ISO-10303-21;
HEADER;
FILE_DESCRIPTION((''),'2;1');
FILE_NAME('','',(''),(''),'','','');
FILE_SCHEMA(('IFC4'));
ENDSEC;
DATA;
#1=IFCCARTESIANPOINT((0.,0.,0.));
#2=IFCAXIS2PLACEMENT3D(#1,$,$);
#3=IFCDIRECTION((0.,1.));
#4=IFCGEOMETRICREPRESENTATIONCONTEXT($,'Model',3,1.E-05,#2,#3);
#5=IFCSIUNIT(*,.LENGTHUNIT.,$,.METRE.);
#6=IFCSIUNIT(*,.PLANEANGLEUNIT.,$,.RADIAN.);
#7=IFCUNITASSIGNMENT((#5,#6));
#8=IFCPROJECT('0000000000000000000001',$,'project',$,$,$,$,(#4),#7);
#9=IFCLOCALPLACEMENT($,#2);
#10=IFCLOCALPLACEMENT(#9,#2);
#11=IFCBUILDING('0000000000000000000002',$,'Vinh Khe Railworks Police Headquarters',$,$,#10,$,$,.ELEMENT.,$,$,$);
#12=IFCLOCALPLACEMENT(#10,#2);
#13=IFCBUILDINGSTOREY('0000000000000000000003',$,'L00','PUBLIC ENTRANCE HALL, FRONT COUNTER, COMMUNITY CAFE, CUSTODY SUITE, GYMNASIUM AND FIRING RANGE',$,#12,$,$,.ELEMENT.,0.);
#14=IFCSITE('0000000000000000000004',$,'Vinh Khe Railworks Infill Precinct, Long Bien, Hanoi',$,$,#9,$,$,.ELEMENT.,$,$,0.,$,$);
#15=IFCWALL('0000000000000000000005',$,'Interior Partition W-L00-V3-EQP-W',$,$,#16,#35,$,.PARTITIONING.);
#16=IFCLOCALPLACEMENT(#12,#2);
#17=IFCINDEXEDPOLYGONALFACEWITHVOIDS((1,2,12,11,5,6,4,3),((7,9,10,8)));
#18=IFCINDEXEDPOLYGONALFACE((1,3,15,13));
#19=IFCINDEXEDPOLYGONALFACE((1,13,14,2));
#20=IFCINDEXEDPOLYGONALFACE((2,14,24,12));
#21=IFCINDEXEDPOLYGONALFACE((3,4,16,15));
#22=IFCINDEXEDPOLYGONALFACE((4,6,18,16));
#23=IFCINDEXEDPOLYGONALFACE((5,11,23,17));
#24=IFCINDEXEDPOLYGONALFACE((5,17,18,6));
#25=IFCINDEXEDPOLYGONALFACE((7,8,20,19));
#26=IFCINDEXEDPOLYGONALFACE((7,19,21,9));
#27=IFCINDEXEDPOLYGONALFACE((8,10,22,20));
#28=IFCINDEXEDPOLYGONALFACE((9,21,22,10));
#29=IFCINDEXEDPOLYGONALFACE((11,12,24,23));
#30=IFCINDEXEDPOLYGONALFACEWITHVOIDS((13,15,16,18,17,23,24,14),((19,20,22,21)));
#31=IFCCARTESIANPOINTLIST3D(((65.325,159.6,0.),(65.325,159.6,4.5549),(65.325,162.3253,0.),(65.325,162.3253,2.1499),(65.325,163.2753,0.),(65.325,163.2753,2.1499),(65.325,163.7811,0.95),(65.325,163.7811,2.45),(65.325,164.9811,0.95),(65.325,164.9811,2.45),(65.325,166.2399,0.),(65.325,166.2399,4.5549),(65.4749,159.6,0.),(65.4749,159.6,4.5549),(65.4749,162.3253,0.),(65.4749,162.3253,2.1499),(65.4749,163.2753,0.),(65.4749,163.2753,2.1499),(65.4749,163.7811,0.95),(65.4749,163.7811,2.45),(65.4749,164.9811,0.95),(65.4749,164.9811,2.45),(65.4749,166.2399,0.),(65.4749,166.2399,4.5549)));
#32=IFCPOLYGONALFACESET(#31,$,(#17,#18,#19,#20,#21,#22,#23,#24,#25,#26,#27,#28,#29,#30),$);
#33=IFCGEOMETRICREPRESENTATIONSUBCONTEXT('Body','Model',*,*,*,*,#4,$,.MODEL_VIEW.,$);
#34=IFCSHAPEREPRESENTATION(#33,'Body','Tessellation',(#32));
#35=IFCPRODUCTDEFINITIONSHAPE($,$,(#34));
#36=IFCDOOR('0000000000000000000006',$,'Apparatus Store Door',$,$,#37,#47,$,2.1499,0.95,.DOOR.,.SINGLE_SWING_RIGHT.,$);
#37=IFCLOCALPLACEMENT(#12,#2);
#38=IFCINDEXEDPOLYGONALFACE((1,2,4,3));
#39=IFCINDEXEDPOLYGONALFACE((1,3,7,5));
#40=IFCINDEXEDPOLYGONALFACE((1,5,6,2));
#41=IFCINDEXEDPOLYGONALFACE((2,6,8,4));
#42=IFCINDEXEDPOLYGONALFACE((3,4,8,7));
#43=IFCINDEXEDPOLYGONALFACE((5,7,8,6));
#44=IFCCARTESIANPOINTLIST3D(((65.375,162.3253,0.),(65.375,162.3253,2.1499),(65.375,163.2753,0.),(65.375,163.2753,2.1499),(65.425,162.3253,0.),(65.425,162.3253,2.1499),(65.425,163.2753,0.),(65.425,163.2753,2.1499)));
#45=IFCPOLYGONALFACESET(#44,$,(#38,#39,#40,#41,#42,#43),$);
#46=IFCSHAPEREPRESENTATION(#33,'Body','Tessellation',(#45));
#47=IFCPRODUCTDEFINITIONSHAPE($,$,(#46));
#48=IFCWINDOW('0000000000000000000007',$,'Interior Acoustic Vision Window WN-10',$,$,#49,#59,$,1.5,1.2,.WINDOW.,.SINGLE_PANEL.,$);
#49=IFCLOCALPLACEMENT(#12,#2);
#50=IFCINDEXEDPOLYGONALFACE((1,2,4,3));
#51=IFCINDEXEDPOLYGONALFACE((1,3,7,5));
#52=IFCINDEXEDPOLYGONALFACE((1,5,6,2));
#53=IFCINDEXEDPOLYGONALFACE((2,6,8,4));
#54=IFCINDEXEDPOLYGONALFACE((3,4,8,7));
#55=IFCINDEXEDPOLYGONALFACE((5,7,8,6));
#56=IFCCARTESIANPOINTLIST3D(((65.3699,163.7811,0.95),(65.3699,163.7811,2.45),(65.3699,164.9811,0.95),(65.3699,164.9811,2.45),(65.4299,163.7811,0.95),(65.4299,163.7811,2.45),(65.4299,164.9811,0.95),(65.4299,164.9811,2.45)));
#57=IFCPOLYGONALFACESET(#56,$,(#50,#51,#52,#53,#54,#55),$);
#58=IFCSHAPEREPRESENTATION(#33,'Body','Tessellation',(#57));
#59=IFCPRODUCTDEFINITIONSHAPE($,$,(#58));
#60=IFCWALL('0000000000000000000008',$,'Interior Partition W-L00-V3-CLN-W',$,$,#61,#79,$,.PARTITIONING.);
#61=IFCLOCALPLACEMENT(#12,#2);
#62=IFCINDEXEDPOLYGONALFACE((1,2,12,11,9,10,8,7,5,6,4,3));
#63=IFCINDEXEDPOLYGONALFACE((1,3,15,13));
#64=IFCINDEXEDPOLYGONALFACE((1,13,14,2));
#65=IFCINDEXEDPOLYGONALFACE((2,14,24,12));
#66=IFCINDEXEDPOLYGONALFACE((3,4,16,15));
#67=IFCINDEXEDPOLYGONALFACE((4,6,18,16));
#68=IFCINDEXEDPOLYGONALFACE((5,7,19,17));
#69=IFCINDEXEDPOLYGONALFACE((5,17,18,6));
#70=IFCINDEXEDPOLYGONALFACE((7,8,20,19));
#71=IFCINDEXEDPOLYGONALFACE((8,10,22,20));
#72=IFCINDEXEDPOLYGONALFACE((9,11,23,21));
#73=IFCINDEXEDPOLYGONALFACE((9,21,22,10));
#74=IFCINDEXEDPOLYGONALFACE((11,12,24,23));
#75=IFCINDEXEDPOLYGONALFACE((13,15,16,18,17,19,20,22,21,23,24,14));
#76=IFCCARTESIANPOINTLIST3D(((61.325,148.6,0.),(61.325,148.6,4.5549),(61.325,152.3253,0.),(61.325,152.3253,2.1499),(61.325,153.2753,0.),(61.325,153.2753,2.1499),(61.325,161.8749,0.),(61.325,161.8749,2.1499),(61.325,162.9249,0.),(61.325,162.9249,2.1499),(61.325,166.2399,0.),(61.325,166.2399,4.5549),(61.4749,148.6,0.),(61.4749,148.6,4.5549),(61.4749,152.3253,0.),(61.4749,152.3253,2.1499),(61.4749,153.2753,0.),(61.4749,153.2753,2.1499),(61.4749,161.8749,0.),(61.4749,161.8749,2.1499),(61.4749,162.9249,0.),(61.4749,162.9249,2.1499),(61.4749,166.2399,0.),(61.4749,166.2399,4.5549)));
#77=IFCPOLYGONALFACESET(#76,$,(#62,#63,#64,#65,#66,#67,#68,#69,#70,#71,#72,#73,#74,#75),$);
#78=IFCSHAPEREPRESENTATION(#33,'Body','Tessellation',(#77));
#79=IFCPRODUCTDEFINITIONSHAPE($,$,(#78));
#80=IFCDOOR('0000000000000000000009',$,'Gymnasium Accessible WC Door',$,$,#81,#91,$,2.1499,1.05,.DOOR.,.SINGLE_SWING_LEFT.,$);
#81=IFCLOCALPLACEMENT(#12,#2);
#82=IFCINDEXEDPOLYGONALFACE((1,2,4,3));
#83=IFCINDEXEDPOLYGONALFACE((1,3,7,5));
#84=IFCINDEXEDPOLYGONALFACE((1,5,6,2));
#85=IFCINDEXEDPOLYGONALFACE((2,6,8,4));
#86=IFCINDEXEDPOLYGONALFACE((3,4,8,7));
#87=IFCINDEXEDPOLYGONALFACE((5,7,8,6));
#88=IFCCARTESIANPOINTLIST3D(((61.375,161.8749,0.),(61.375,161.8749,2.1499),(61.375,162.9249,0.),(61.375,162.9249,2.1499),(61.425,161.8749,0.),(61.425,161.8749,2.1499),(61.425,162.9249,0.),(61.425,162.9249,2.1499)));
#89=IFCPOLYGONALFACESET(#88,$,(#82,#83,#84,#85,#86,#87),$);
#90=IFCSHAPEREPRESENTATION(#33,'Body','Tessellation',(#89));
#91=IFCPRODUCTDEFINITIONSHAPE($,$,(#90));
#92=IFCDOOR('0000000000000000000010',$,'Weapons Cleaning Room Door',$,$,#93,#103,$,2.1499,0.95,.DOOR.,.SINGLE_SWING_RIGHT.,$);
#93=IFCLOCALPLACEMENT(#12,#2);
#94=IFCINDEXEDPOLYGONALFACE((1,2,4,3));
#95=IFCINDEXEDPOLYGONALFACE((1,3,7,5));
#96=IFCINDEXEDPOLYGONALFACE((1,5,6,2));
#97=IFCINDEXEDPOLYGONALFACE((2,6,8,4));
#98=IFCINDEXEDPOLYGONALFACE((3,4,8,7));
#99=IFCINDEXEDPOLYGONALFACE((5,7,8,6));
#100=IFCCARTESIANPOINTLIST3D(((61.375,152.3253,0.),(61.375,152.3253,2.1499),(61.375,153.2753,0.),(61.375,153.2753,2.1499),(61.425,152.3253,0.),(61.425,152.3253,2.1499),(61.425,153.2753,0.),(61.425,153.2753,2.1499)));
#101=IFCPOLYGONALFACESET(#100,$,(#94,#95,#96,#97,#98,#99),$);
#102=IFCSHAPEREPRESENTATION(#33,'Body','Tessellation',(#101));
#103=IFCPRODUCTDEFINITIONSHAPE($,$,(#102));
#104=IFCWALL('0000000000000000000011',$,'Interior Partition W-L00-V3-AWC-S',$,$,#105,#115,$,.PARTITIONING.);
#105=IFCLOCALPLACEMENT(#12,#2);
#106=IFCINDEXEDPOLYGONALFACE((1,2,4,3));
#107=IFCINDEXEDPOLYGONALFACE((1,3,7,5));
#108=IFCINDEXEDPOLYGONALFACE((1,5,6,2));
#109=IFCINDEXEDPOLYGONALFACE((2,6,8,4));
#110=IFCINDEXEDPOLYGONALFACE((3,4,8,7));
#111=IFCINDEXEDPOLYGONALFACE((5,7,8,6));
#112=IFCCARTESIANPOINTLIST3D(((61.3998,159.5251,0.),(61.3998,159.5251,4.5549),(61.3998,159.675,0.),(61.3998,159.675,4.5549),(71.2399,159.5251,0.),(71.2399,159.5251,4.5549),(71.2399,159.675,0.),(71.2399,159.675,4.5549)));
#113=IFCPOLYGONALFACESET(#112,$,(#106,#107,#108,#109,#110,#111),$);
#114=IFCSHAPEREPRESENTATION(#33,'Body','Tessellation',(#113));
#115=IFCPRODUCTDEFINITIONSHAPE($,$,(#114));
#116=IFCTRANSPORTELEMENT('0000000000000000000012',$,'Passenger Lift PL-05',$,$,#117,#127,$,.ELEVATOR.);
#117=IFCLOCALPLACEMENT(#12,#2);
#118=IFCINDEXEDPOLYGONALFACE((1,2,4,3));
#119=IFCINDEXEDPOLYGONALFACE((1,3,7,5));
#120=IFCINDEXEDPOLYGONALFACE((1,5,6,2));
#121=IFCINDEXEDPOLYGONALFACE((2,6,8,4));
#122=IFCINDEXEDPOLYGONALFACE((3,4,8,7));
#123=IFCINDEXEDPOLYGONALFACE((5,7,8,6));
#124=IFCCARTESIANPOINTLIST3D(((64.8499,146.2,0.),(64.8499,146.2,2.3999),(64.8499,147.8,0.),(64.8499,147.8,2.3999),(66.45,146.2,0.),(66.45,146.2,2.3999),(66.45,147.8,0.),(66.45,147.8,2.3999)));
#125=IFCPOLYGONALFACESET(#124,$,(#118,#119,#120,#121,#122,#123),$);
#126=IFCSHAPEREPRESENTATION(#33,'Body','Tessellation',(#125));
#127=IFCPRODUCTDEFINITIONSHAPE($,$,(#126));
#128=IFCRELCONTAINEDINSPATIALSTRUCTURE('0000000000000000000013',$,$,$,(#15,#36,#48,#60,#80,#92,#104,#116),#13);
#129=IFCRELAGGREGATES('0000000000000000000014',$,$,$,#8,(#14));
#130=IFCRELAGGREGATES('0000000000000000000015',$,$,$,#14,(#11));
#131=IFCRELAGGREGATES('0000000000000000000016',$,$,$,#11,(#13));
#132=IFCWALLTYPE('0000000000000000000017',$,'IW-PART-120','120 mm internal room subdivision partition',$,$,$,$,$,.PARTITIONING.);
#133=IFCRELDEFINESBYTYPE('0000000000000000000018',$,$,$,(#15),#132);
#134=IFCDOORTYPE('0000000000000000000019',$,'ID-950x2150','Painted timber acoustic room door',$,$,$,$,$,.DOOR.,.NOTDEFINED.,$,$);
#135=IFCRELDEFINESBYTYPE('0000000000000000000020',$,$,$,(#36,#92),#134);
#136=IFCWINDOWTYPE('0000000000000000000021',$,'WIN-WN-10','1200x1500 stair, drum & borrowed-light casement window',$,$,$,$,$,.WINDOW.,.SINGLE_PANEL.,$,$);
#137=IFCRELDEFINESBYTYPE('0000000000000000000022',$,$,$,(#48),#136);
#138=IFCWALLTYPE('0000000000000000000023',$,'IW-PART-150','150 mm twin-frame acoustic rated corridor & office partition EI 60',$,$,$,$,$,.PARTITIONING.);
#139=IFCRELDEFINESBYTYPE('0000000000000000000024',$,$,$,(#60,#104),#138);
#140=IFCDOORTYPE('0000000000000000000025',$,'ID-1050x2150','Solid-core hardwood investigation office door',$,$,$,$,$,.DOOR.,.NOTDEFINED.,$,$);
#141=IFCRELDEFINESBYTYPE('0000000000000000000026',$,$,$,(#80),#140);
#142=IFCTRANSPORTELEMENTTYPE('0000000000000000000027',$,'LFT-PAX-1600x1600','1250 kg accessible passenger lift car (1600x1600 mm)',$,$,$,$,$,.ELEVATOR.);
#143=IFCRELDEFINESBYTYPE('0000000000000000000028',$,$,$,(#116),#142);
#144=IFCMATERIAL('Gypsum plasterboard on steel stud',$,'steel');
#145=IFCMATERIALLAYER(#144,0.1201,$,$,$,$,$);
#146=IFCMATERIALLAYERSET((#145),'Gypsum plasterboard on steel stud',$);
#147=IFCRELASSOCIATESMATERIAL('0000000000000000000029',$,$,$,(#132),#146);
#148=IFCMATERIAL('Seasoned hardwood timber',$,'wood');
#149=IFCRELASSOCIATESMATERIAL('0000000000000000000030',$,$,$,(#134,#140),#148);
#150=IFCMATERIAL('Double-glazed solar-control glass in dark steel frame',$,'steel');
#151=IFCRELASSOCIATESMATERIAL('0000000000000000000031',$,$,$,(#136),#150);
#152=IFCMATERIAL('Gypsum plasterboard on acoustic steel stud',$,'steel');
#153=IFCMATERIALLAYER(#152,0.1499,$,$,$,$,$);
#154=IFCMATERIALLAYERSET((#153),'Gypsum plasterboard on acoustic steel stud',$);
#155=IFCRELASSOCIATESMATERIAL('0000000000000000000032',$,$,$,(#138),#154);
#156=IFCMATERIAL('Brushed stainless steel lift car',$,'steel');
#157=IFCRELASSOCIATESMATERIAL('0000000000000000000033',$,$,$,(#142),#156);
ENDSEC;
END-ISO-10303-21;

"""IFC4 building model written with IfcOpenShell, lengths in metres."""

from ifc_helpers import new_model, si_unit, direction, frame, frame_2d, origin, origin_2d, place, context, subcontext, project, spatial, rectangle, extrude, material, layer, layer_set, type_object, element, fill, save


model = new_model("IFC4")

# Units and contexts
model_context = context("Model", 3, precision=1e-05, world=origin(), true_north=direction((0.0, 1.0)))
body_context = subcontext(model_context, "Body", "Model", "MODEL_VIEW")
ifc_project = project(units=[si_unit("LENGTHUNIT", "METRE"), si_unit("PLANEANGLEUNIT", "RADIAN")], contexts=[model_context])

# Site, building, storey
site_placement = place(None, origin())
site = spatial("IfcSite", under=ifc_project, at=site_placement, Name="Vinh Khe Railworks Infill Precinct, Long Bien, Hanoi", CompositionType="ELEMENT", RefElevation=0.0)
building_placement = place(site_placement, origin())
building = spatial("IfcBuilding", under=site, at=building_placement, Name="Vinh Khe Railworks Police Headquarters", CompositionType="ELEMENT")
storey_placement = place(building_placement, origin())
storey = spatial("IfcBuildingStorey", under=building, at=storey_placement, Name="L00", Description="PUBLIC ENTRANCE HALL, FRONT COUNTER, COMMUNITY CAFE, CUSTODY SUITE, GYMNASIUM AND FIRING RANGE", CompositionType="ELEMENT", Elevation=0.0)

# Wall, openings, door, window
ifc_material_1 = material(Name="Gypsum plasterboard on steel stud", Category="steel")
ifc_layer_1 = layer(ifc_material_1, 0.1201)
ifc_layer_set_1 = layer_set([ifc_layer_1], Name="Gypsum plasterboard on steel stud")
wall_type_1 = type_object("IfcWallType", Name="IW-PART-120", Description="120 mm internal room subdivision partition", PredefinedType="PARTITIONING", material=ifc_layer_set_1)
wall_1_placement = place(storey_placement, frame((65.3999, 159.6001, 0.0), z_axis=(0.0, 0.0, 1.0), x_axis=(0.0, 1.0, 0.0)))
wall_1 = element("IfcWall", 1, at=wall_1_placement, inside=storey, type_object=wall_type_1, Name="Interior Partition W-L00-V3-EQP-W", PredefinedType="PARTITIONING", context=body_context, shape_type="SweptSolid", body=[
    extrude(rectangle(XDim=6.6399, YDim=0.1499, at=frame_2d((3.3198, 0.0))), origin(), (0.0, 0.0, 1.0), 4.5549),
])
opening_1_placement = place(wall_1_placement, frame((2.7251, 0.0, 0.0)))
opening_1 = element("IfcOpeningElement", 2, at=opening_1_placement, cuts=wall_1, PredefinedType="OPENING", context=body_context, shape_type="SweptSolid", body=[
    extrude(rectangle(XDim=0.95, YDim=2.1499, at=frame_2d((0.4751, 1.075))), frame((0.0, 0.0898, 0.0), z_axis=(0.0, -1.0, 0.0), x_axis=(1.0, 0.0, 0.0)), (0.0, 0.0, 1.0), 0.1797),
])
opening_2_placement = place(wall_1_placement, frame((4.1809, 0.0, 0.95)))
opening_2 = element("IfcOpeningElement", 3, at=opening_2_placement, cuts=wall_1, PredefinedType="OPENING", context=body_context, shape_type="SweptSolid", body=[
    extrude(rectangle(XDim=1.2, YDim=1.5, at=frame_2d((0.6001, 0.75))), frame((0.0, 0.0898, 0.0), z_axis=(0.0, -1.0, 0.0), x_axis=(1.0, 0.0, 0.0)), (0.0, 0.0, 1.0), 0.1797),
])
ifc_material_2 = material(Name="Seasoned hardwood timber", Category="wood")
door_type_1 = type_object("IfcDoorType", Name="ID-950x2150", Description="Painted timber acoustic room door", OperationType="NOTDEFINED", PredefinedType="DOOR", material=ifc_material_2)
door_1_placement = place(opening_1_placement, origin())
door_1 = element("IfcDoor", 4, at=door_1_placement, inside=storey, type_object=door_type_1, Name="Apparatus Store Door", OperationType="SINGLE_SWING_RIGHT", OverallHeight=2.1499, OverallWidth=0.95, PredefinedType="DOOR", context=body_context, shape_type="SweptSolid", body=[
    extrude(rectangle(XDim=0.95, YDim=2.1499, at=frame_2d((0.4751, 1.075))), frame((0.0, 0.0249, 0.0), z_axis=(0.0, -1.0, 0.0), x_axis=(1.0, 0.0, 0.0)), (0.0, 0.0, 1.0), 0.05),
])
fill(opening_1, door_1)
ifc_material_3 = material(Name="Double-glazed solar-control glass in dark steel frame", Category="steel")
window_type = type_object("IfcWindowType", Name="WIN-WN-10", Description="1200x1500 stair, drum & borrowed-light casement window", PartitioningType="SINGLE_PANEL", PredefinedType="WINDOW", material=ifc_material_3)
window_placement = place(opening_2_placement, origin())
window = element("IfcWindow", 5, at=window_placement, inside=storey, type_object=window_type, Name="Interior Acoustic Vision Window WN-10", OverallHeight=1.5, OverallWidth=1.2, PartitioningType="SINGLE_PANEL", PredefinedType="WINDOW", context=body_context, shape_type="SweptSolid", body=[
    extrude(rectangle(XDim=1.2, YDim=1.5, at=frame_2d((0.6001, 0.75))), frame((0.0, 0.03, 0.0), z_axis=(0.0, -1.0, 0.0), x_axis=(1.0, 0.0, 0.0)), (0.0, 0.0, 1.0), 0.0601),
])
fill(opening_2, window)

# Wall, openings, doors
ifc_material_4 = material(Name="Gypsum plasterboard on acoustic steel stud", Category="steel")
ifc_layer_2 = layer(ifc_material_4, 0.1499)
ifc_layer_set_2 = layer_set([ifc_layer_2], Name="Gypsum plasterboard on acoustic steel stud")
wall_type_2 = type_object("IfcWallType", Name="IW-PART-150", Description="150 mm twin-frame acoustic rated corridor & office partition EI 60", PredefinedType="PARTITIONING", material=ifc_layer_set_2)
wall_2_placement = place(storey_placement, frame((61.3999, 148.6001, 0.0), z_axis=(0.0, 0.0, 1.0), x_axis=(0.0, 1.0, 0.0)))
wall_2 = element("IfcWall", 6, at=wall_2_placement, inside=storey, type_object=wall_type_2, Name="Interior Partition W-L00-V3-CLN-W", PredefinedType="PARTITIONING", context=body_context, shape_type="SweptSolid", body=[
    extrude(rectangle(XDim=17.6399, YDim=0.1499, at=frame_2d((8.8198, 0.0))), origin(), (0.0, 0.0, 1.0), 4.5549),
])
opening_3_placement = place(wall_2_placement, frame((3.7251, 0.0, 0.0)))
opening_3 = element("IfcOpeningElement", 7, at=opening_3_placement, cuts=wall_2, PredefinedType="OPENING", context=body_context, shape_type="SweptSolid", body=[
    extrude(rectangle(XDim=0.95, YDim=2.1499, at=frame_2d((0.4751, 1.075))), frame((0.0, 0.0898, 0.0), z_axis=(0.0, -1.0, 0.0), x_axis=(1.0, 0.0, 0.0)), (0.0, 0.0, 1.0), 0.1797),
])
opening_4_placement = place(wall_2_placement, frame((13.2749, 0.0, 0.0)))
opening_4 = element("IfcOpeningElement", 8, at=opening_4_placement, cuts=wall_2, PredefinedType="OPENING", context=body_context, shape_type="SweptSolid", body=[
    extrude(rectangle(XDim=1.05, YDim=2.1499, at=frame_2d((0.5249, 1.075))), frame((0.0, 0.0898, 0.0), z_axis=(0.0, -1.0, 0.0), x_axis=(1.0, 0.0, 0.0)), (0.0, 0.0, 1.0), 0.1797),
])
door_type_2 = type_object("IfcDoorType", Name="ID-1050x2150", Description="Solid-core hardwood investigation office door", OperationType="NOTDEFINED", PredefinedType="DOOR", material=ifc_material_2)
door_2_placement = place(opening_4_placement, origin())
door_2 = element("IfcDoor", 9, at=door_2_placement, inside=storey, type_object=door_type_2, Name="Gymnasium Accessible WC Door", OperationType="SINGLE_SWING_LEFT", OverallHeight=2.1499, OverallWidth=1.05, PredefinedType="DOOR", context=body_context, shape_type="SweptSolid", body=[
    extrude(rectangle(XDim=1.05, YDim=2.1499, at=frame_2d((0.5249, 1.075))), frame((0.0, 0.0249, 0.0), z_axis=(0.0, -1.0, 0.0), x_axis=(1.0, 0.0, 0.0)), (0.0, 0.0, 1.0), 0.05),
])
fill(opening_4, door_2)
door_3_placement = place(opening_3_placement, origin())
door_3 = element("IfcDoor", 10, at=door_3_placement, inside=storey, type_object=door_type_1, Name="Weapons Cleaning Room Door", OperationType="SINGLE_SWING_RIGHT", OverallHeight=2.1499, OverallWidth=0.95, PredefinedType="DOOR", context=body_context, shape_type="SweptSolid", body=[
    extrude(rectangle(XDim=0.95, YDim=2.1499, at=frame_2d((0.4751, 1.075))), frame((0.0, 0.0249, 0.0), z_axis=(0.0, -1.0, 0.0), x_axis=(1.0, 0.0, 0.0)), (0.0, 0.0, 1.0), 0.05),
])
fill(opening_3, door_3)

# Wall
wall_3_placement = place(storey_placement, frame((61.3999, 159.6001, 0.0), z_axis=(0.0, 0.0, 1.0), x_axis=(1.0, 0.0, 0.0)))
element("IfcWall", 11, at=wall_3_placement, inside=storey, type_object=wall_type_2, Name="Interior Partition W-L00-V3-AWC-S", PredefinedType="PARTITIONING", context=body_context, shape_type="SweptSolid", body=[
    extrude(rectangle(XDim=9.8401, YDim=0.1499, at=frame_2d((4.9199, 0.0))), origin(), (0.0, 0.0, 1.0), 4.5549),
])

# Transport element
ifc_material_5 = material(Name="Brushed stainless steel lift car", Category="steel")
transport_element_type = type_object("IfcTransportElementType", Name="LFT-PAX-1600x1600", Description="1250 kg accessible passenger lift car (1600x1600 mm)", PredefinedType="ELEVATOR", material=ifc_material_5)
transport_element_placement = place(storey_placement, frame((65.6499, 147.0, 0.0), z_axis=(0.0, 0.0, 1.0), x_axis=(1.0, 0.0, 0.0)))
element("IfcTransportElement", 12, at=transport_element_placement, inside=storey, type_object=transport_element_type, Name="Passenger Lift PL-05", PredefinedType="ELEVATOR", context=body_context, shape_type="SweptSolid", body=[
    extrude(rectangle(XDim=1.6001, YDim=1.6001, at=origin_2d()), origin(), (0.0, 0.0, 1.0), 2.3999),
])

save(model, "model.ifc")
